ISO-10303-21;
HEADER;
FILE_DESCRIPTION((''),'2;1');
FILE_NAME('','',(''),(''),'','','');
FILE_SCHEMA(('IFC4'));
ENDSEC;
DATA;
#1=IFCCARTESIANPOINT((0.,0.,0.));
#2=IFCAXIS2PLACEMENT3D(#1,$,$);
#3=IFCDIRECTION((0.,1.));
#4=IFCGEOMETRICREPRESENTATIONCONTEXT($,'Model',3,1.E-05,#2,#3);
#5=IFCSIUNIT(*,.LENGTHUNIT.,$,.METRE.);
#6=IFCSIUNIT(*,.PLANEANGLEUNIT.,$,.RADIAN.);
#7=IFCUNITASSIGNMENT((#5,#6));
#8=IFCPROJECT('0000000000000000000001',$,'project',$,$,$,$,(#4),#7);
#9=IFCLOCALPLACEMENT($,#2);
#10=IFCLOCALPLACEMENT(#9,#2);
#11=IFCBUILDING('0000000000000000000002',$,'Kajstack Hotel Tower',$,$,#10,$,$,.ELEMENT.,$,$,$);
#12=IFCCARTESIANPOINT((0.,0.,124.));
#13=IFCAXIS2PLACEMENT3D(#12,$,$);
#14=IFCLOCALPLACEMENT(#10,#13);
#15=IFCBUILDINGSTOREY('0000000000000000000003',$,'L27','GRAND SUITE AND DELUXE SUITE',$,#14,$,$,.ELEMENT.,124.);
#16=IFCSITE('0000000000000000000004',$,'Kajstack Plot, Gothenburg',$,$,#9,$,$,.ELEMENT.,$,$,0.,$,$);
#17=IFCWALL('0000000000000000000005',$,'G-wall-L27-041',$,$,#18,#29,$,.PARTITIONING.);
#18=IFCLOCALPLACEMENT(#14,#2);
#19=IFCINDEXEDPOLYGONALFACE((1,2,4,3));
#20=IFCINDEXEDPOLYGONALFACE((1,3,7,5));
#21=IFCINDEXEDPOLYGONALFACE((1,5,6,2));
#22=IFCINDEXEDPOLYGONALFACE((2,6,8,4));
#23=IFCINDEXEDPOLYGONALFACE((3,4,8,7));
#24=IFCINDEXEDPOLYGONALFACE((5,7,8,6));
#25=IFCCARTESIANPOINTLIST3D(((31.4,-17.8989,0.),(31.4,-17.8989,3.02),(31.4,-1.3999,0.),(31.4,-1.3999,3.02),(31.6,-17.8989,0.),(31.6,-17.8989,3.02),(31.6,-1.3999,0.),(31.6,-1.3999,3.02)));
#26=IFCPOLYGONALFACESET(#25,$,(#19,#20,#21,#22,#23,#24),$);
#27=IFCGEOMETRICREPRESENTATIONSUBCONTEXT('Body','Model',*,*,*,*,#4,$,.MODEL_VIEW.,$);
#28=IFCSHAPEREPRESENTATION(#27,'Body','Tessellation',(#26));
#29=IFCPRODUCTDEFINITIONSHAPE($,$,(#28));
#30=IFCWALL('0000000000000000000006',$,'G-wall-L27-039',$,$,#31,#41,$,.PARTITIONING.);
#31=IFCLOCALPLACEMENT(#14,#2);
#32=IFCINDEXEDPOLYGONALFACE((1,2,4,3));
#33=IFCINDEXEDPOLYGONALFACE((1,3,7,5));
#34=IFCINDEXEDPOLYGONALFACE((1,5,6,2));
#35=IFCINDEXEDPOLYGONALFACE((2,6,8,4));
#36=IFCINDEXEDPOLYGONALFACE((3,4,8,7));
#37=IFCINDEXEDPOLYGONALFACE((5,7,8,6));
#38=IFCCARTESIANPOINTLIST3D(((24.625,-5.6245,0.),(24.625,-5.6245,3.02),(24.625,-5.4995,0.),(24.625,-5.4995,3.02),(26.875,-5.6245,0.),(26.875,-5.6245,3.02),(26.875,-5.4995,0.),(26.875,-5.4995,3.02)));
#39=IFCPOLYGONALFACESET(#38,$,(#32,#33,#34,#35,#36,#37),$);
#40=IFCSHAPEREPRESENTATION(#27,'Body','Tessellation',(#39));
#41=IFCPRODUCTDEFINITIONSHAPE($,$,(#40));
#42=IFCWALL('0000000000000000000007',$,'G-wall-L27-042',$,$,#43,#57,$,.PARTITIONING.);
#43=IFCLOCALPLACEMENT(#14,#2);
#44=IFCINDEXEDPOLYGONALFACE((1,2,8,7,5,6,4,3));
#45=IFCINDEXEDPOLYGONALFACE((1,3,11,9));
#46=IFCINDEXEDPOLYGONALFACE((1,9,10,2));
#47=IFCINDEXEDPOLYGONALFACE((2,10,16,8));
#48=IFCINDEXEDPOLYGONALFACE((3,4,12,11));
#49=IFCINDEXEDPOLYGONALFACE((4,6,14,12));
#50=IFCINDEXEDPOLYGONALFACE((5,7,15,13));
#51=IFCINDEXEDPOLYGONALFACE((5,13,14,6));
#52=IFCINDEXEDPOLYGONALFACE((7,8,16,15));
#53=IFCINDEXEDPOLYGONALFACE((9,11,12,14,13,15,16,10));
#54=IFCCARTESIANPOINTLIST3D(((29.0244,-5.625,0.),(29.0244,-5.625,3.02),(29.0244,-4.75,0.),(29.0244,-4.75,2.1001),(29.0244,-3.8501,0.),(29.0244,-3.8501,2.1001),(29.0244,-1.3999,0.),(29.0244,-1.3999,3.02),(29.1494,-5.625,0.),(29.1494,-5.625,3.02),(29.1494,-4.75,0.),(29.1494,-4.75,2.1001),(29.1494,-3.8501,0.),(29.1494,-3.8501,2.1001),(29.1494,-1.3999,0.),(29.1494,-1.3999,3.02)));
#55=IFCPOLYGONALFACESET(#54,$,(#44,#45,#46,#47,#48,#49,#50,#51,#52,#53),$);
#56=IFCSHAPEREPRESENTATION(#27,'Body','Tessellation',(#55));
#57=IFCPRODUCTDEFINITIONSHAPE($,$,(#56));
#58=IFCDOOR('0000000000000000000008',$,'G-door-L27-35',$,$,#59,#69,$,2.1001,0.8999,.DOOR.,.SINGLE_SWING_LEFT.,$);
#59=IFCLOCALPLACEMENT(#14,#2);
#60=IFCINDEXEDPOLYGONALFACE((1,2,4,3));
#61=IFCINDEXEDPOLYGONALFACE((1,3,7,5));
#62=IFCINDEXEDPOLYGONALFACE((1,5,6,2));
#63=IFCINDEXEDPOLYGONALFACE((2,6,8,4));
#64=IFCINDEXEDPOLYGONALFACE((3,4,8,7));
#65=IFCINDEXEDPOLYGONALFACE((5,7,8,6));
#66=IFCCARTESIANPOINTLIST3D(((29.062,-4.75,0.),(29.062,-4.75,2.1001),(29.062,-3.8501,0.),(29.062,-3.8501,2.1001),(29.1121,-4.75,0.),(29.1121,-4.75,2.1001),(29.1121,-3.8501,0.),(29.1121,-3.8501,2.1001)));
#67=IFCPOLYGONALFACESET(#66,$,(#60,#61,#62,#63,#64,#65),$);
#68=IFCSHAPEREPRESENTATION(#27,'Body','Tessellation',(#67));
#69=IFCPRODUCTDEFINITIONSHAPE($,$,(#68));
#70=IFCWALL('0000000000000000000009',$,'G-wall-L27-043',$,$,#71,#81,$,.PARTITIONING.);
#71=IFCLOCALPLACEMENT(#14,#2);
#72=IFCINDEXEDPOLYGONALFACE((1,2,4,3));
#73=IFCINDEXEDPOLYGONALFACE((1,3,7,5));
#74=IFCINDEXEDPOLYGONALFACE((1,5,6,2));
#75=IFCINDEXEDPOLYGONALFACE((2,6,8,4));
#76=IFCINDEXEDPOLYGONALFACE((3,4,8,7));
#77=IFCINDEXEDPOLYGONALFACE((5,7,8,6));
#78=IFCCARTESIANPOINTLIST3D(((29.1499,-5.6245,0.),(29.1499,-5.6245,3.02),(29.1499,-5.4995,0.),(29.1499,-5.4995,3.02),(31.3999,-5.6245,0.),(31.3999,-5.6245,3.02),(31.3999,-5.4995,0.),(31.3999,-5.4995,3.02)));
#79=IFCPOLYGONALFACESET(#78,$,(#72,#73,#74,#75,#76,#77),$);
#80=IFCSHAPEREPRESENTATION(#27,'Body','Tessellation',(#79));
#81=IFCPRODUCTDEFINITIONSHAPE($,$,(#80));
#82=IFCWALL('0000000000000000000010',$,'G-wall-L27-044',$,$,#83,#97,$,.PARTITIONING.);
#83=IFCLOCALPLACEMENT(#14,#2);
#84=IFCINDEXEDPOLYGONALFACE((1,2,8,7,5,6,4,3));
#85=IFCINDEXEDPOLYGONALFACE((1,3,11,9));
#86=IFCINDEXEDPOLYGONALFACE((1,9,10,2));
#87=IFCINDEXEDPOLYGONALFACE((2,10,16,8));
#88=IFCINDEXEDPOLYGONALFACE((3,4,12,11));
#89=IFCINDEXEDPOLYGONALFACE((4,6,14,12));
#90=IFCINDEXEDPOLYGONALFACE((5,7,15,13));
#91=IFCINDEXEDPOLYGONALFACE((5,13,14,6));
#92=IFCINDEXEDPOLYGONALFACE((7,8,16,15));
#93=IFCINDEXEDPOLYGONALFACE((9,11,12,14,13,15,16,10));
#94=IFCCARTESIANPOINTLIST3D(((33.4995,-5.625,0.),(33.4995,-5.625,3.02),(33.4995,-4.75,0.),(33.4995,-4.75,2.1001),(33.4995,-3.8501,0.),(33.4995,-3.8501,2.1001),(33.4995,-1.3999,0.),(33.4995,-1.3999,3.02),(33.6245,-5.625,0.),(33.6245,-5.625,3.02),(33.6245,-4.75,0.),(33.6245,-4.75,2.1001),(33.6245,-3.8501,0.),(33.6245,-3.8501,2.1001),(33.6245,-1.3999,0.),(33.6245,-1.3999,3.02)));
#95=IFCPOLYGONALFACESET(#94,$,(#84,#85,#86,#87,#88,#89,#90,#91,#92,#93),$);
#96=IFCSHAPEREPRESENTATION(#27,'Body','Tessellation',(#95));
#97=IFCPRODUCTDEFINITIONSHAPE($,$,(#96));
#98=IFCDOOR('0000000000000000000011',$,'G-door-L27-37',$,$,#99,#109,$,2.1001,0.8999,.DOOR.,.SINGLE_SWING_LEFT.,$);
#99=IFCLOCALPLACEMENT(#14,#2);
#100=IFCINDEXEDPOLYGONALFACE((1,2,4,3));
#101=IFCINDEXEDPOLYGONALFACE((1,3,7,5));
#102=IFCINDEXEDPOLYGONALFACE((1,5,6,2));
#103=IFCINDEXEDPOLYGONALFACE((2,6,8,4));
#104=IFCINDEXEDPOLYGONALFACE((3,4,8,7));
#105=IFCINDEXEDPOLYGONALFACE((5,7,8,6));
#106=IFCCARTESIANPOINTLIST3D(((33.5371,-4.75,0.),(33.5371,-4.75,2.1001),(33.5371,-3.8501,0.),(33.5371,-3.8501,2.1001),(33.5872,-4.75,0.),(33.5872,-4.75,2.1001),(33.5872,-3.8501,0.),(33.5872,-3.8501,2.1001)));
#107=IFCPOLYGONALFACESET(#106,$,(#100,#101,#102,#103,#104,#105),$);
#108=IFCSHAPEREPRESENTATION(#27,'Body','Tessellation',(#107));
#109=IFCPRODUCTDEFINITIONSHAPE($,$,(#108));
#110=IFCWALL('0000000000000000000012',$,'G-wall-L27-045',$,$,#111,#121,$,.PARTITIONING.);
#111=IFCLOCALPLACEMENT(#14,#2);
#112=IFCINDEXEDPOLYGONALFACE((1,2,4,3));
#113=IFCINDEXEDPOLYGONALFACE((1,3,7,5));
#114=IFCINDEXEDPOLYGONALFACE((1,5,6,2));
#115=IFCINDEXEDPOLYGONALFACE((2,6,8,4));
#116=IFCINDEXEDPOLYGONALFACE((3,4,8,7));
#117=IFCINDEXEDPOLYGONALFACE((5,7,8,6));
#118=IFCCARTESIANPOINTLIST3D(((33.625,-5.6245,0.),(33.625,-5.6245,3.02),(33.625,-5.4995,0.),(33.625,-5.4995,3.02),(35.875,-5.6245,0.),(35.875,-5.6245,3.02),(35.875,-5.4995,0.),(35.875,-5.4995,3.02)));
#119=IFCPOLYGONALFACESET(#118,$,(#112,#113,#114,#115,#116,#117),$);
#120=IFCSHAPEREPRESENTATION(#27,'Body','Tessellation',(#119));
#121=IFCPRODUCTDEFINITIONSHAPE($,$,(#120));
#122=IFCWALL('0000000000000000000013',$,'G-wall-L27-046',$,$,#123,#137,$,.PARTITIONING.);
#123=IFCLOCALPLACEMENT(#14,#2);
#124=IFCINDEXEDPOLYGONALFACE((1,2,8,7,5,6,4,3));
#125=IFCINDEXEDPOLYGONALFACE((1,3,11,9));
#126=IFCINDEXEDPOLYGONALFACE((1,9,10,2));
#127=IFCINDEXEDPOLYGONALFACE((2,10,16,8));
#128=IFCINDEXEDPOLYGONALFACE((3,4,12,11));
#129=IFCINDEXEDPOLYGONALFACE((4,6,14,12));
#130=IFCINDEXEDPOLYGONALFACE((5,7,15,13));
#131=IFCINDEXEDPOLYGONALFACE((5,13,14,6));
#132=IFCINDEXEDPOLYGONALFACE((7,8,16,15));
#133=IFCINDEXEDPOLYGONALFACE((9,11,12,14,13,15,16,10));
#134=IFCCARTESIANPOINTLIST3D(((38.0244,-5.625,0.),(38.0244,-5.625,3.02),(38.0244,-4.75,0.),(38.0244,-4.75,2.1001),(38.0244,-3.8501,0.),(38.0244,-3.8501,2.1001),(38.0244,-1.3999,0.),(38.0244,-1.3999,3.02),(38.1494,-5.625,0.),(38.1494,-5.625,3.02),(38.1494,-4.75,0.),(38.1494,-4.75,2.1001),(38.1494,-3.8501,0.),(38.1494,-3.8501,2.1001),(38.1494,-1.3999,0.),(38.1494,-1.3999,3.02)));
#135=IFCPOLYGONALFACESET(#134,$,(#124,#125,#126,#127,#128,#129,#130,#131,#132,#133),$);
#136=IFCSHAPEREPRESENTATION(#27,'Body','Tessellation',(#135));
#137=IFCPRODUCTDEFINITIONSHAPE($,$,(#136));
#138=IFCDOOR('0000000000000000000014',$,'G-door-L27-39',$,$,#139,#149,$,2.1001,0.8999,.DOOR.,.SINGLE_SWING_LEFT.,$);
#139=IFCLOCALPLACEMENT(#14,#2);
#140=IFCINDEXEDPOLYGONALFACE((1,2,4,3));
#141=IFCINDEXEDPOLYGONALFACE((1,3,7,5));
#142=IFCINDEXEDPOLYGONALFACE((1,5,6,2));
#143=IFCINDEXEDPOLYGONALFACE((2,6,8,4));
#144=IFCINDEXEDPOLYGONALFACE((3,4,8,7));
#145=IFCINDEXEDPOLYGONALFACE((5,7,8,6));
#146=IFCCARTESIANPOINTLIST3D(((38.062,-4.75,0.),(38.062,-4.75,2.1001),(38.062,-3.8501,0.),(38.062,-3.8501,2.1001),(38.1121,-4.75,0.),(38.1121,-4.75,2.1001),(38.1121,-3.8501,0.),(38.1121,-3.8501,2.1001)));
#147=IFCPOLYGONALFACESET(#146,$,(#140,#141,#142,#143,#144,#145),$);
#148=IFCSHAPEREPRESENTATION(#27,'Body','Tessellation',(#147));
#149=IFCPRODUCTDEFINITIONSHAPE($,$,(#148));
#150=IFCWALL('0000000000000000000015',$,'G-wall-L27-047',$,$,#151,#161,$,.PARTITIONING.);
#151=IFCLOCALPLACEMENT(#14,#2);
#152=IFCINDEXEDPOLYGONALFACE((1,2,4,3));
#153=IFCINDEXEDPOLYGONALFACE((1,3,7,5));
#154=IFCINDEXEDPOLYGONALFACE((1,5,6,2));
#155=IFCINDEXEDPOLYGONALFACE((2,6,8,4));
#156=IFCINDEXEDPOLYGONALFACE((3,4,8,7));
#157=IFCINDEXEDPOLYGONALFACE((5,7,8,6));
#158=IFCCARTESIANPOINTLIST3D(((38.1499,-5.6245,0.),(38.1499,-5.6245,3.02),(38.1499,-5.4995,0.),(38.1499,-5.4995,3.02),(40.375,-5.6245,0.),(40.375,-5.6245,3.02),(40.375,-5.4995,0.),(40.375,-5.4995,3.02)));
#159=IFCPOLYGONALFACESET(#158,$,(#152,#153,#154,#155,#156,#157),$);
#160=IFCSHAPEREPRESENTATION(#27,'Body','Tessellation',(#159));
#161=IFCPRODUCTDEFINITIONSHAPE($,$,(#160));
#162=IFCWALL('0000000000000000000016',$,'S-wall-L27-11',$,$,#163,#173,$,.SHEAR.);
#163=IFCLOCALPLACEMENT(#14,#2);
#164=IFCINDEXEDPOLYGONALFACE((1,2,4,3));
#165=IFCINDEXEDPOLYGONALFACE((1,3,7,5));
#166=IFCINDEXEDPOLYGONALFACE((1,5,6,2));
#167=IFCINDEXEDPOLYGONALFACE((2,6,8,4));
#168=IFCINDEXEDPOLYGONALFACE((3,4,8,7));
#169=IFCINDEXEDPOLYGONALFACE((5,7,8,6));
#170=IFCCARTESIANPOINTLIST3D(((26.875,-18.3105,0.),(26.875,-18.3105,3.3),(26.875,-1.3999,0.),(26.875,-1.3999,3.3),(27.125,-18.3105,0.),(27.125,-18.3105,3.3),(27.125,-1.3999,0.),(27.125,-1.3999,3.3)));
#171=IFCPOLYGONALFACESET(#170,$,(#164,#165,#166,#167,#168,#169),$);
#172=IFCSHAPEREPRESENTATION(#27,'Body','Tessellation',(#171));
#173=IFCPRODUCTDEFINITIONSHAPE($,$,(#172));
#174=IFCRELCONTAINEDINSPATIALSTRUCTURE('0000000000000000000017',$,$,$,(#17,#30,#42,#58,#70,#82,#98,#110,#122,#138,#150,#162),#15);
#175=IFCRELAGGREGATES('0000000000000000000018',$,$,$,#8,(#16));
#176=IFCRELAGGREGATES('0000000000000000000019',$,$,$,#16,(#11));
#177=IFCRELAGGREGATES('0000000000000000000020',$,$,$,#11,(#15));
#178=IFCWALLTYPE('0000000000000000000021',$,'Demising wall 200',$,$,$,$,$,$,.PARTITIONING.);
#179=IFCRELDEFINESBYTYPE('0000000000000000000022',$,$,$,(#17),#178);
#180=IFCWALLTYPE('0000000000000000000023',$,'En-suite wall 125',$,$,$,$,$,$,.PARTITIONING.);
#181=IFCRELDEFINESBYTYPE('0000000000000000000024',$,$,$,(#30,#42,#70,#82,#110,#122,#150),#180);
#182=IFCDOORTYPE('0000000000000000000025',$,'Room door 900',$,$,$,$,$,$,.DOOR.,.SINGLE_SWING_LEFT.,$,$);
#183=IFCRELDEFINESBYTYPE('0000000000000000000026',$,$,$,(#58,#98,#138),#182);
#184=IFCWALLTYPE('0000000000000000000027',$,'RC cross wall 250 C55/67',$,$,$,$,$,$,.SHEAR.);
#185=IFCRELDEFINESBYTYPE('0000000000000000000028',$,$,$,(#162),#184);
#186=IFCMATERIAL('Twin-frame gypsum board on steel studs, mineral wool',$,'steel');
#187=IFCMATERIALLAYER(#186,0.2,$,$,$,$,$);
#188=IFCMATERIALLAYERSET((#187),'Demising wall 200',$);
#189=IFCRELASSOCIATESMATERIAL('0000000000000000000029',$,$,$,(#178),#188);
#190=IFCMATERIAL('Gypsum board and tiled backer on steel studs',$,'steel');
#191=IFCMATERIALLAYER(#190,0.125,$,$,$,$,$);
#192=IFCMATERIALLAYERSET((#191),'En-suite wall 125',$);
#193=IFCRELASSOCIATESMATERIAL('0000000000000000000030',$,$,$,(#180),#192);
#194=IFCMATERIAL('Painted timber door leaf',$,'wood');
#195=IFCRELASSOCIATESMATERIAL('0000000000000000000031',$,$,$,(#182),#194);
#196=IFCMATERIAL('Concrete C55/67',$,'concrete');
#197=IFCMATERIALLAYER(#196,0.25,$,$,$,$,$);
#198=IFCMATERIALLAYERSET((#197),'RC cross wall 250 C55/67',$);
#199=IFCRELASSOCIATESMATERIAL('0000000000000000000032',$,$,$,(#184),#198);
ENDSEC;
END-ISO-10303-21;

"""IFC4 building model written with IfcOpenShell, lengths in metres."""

from ifc_helpers import new_model, si_unit, direction, frame, frame_2d, origin, place, context, subcontext, project, spatial, rectangle, extrude, material, layer, layer_set, type_object, element, fill, save


model = new_model("IFC4")

# Units and contexts
model_context = context("Model", 3, precision=1e-05, world=origin(), true_north=direction((0.0, 1.0)))
body_context = subcontext(model_context, "Body", "Model", "MODEL_VIEW")
ifc_project = project(units=[si_unit("LENGTHUNIT", "METRE"), si_unit("PLANEANGLEUNIT", "RADIAN")], contexts=[model_context])

# Site, building, storey
site_placement = place(None, origin())
site = spatial("IfcSite", under=ifc_project, at=site_placement, Name="Kajstack Plot, Gothenburg", CompositionType="ELEMENT", RefElevation=0.0)
building_placement = place(site_placement, origin())
building = spatial("IfcBuilding", under=site, at=building_placement, Name="Kajstack Hotel Tower", CompositionType="ELEMENT")
storey_placement = place(building_placement, frame((0.0, 0.0, 124.0)))
storey = spatial("IfcBuildingStorey", under=building, at=storey_placement, Name="L27", Description="GRAND SUITE AND DELUXE SUITE", CompositionType="ELEMENT", Elevation=124.0)

# Walls
ifc_material_1 = material(Name="Twin-frame gypsum board on steel studs, mineral wool", Category="steel")
ifc_layer_1 = layer(ifc_material_1, 0.2)
ifc_layer_set_1 = layer_set([ifc_layer_1], Name="Demising wall 200")
wall_type_1 = type_object("IfcWallType", Name="Demising wall 200", PredefinedType="PARTITIONING", material=ifc_layer_set_1)
wall_1_placement = place(storey_placement, frame((31.5, -17.8989, 0.0), z_axis=(0.0, 0.0, 1.0), x_axis=(0.0, 1.0, 0.0)))
element("IfcWall", 1, at=wall_1_placement, inside=storey, type_object=wall_type_1, Name="G-wall-L27-041", PredefinedType="PARTITIONING", context=body_context, shape_type="SweptSolid", body=[
    extrude(rectangle(XDim=16.499, YDim=0.2, at=frame_2d((8.2495, 0.0))), origin(), (0.0, 0.0, 1.0), 3.02),
])
ifc_material_2 = material(Name="Gypsum board and tiled backer on steel studs", Category="steel")
ifc_layer_2 = layer(ifc_material_2, 0.125)
ifc_layer_set_2 = layer_set([ifc_layer_2], Name="En-suite wall 125")
wall_type_2 = type_object("IfcWallType", Name="En-suite wall 125", PredefinedType="PARTITIONING", material=ifc_layer_set_2)
wall_2_placement = place(storey_placement, frame((24.625, -5.562, 0.0), z_axis=(0.0, 0.0, 1.0), x_axis=(1.0, 0.0, 0.0)))
element("IfcWall", 2, at=wall_2_placement, inside=storey, type_object=wall_type_2, Name="G-wall-L27-039", PredefinedType="PARTITIONING", context=body_context, shape_type="SweptSolid", body=[
    extrude(rectangle(XDim=2.25, YDim=0.125, at=frame_2d((1.125, 0.0))), origin(), (0.0, 0.0, 1.0), 3.02),
])

# Wall, opening, door
wall_3_placement = place(storey_placement, frame((29.0869, -5.625, 0.0), z_axis=(0.0, 0.0, 1.0), x_axis=(0.0, 1.0, 0.0)))
wall_3 = element("IfcWall", 3, at=wall_3_placement, inside=storey, type_object=wall_type_2, Name="G-wall-L27-042", PredefinedType="PARTITIONING", context=body_context, shape_type="SweptSolid", body=[
    extrude(rectangle(XDim=4.2251, YDim=0.125, at=frame_2d((2.1125, 0.0))), origin(), (0.0, 0.0, 1.0), 3.02),
])
opening_1_placement = place(wall_3_placement, frame((0.875, 0.0, 0.0)))
opening_1 = element("IfcOpeningElement", 4, at=opening_1_placement, cuts=wall_3, PredefinedType="OPENING", context=body_context, shape_type="SweptSolid", body=[
    extrude(rectangle(XDim=0.8999, YDim=2.1001, at=frame_2d((0.45, 1.05))), frame((0.0, 0.0725, 0.0), z_axis=(0.0, -1.0, 0.0), x_axis=(1.0, 0.0, 0.0)), (0.0, 0.0, 1.0), 0.145),
])
ifc_material_3 = material(Name="Painted timber door leaf", Category="wood")
door_type = type_object("IfcDoorType", Name="Room door 900", OperationType="SINGLE_SWING_LEFT", PredefinedType="DOOR", material=ifc_material_3)
door_1_placement = place(opening_1_placement, origin())
door_1 = element("IfcDoor", 5, at=door_1_placement, inside=storey, type_object=door_type, Name="G-door-L27-35", OperationType="SINGLE_SWING_LEFT", OverallHeight=2.1001, OverallWidth=0.8999, PredefinedType="DOOR", context=body_context, shape_type="SweptSolid", body=[
    extrude(rectangle(XDim=0.8999, YDim=2.1001, at=frame_2d((0.45, 1.05))), frame((0.0, 0.0249, 0.0), z_axis=(0.0, -1.0, 0.0), x_axis=(1.0, 0.0, 0.0)), (0.0, 0.0, 1.0), 0.05),
])
fill(opening_1, door_1)

# Wall
wall_4_placement = place(storey_placement, frame((29.1499, -5.562, 0.0), z_axis=(0.0, 0.0, 1.0), x_axis=(1.0, 0.0, 0.0)))
element("IfcWall", 6, at=wall_4_placement, inside=storey, type_object=wall_type_2, Name="G-wall-L27-043", PredefinedType="PARTITIONING", context=body_context, shape_type="SweptSolid", body=[
    extrude(rectangle(XDim=2.25, YDim=0.125, at=frame_2d((1.125, 0.0))), origin(), (0.0, 0.0, 1.0), 3.02),
])

# Wall, opening, door
wall_5_placement = place(storey_placement, frame((33.562, -5.625, 0.0), z_axis=(0.0, 0.0, 1.0), x_axis=(0.0, 1.0, 0.0)))
wall_5 = element("IfcWall", 7, at=wall_5_placement, inside=storey, type_object=wall_type_2, Name="G-wall-L27-044", PredefinedType="PARTITIONING", context=body_context, shape_type="SweptSolid", body=[
    extrude(rectangle(XDim=4.2251, YDim=0.125, at=frame_2d((2.1125, 0.0))), origin(), (0.0, 0.0, 1.0), 3.02),
])
opening_2_placement = place(wall_5_placement, frame((0.875, 0.0, 0.0)))
opening_2 = element("IfcOpeningElement", 8, at=opening_2_placement, cuts=wall_5, PredefinedType="OPENING", context=body_context, shape_type="SweptSolid", body=[
    extrude(rectangle(XDim=0.8999, YDim=2.1001, at=frame_2d((0.45, 1.05))), frame((0.0, 0.0725, 0.0), z_axis=(0.0, -1.0, 0.0), x_axis=(1.0, 0.0, 0.0)), (0.0, 0.0, 1.0), 0.145),
])
door_2_placement = place(opening_2_placement, origin())
door_2 = element("IfcDoor", 9, at=door_2_placement, inside=storey, type_object=door_type, Name="G-door-L27-37", OperationType="SINGLE_SWING_LEFT", OverallHeight=2.1001, OverallWidth=0.8999, PredefinedType="DOOR", context=body_context, shape_type="SweptSolid", body=[
    extrude(rectangle(XDim=0.8999, YDim=2.1001, at=frame_2d((0.45, 1.05))), frame((0.0, 0.0249, 0.0), z_axis=(0.0, -1.0, 0.0), x_axis=(1.0, 0.0, 0.0)), (0.0, 0.0, 1.0), 0.05),
])
fill(opening_2, door_2)

# Wall
wall_6_placement = place(storey_placement, frame((33.625, -5.562, 0.0), z_axis=(0.0, 0.0, 1.0), x_axis=(1.0, 0.0, 0.0)))
element("IfcWall", 10, at=wall_6_placement, inside=storey, type_object=wall_type_2, Name="G-wall-L27-045", PredefinedType="PARTITIONING", context=body_context, shape_type="SweptSolid", body=[
    extrude(rectangle(XDim=2.25, YDim=0.125, at=frame_2d((1.125, 0.0))), origin(), (0.0, 0.0, 1.0), 3.02),
])

# Wall, opening, door
wall_7_placement = place(storey_placement, frame((38.0869, -5.625, 0.0), z_axis=(0.0, 0.0, 1.0), x_axis=(0.0, 1.0, 0.0)))
wall_7 = element("IfcWall", 11, at=wall_7_placement, inside=storey, type_object=wall_type_2, Name="G-wall-L27-046", PredefinedType="PARTITIONING", context=body_context, shape_type="SweptSolid", body=[
    extrude(rectangle(XDim=4.2251, YDim=0.125, at=frame_2d((2.1125, 0.0))), origin(), (0.0, 0.0, 1.0), 3.02),
])
opening_3_placement = place(wall_7_placement, frame((0.875, 0.0, 0.0)))
opening_3 = element("IfcOpeningElement", 12, at=opening_3_placement, cuts=wall_7, PredefinedType="OPENING", context=body_context, shape_type="SweptSolid", body=[
    extrude(rectangle(XDim=0.8999, YDim=2.1001, at=frame_2d((0.45, 1.05))), frame((0.0, 0.0725, 0.0), z_axis=(0.0, -1.0, 0.0), x_axis=(1.0, 0.0, 0.0)), (0.0, 0.0, 1.0), 0.145),
])
door_3_placement = place(opening_3_placement, origin())
door_3 = element("IfcDoor", 13, at=door_3_placement, inside=storey, type_object=door_type, Name="G-door-L27-39", OperationType="SINGLE_SWING_LEFT", OverallHeight=2.1001, OverallWidth=0.8999, PredefinedType="DOOR", context=body_context, shape_type="SweptSolid", body=[
    extrude(rectangle(XDim=0.8999, YDim=2.1001, at=frame_2d((0.45, 1.05))), frame((0.0, 0.0249, 0.0), z_axis=(0.0, -1.0, 0.0), x_axis=(1.0, 0.0, 0.0)), (0.0, 0.0, 1.0), 0.05),
])
fill(opening_3, door_3)

# Walls
wall_8_placement = place(storey_placement, frame((38.1499, -5.562, 0.0), z_axis=(0.0, 0.0, 1.0), x_axis=(1.0, 0.0, 0.0)))
element("IfcWall", 14, at=wall_8_placement, inside=storey, type_object=wall_type_2, Name="G-wall-L27-047", PredefinedType="PARTITIONING", context=body_context, shape_type="SweptSolid", body=[
    extrude(rectangle(XDim=2.2251, YDim=0.125, at=frame_2d((1.1125, 0.0))), origin(), (0.0, 0.0, 1.0), 3.02),
])
ifc_material_4 = material(Name="Concrete C55/67", Category="concrete")
ifc_layer_3 = layer(ifc_material_4, 0.25)
ifc_layer_set_3 = layer_set([ifc_layer_3], Name="RC cross wall 250 C55/67")
wall_type_3 = type_object("IfcWallType", Name="RC cross wall 250 C55/67", PredefinedType="SHEAR", material=ifc_layer_set_3)
wall_9_placement = place(storey_placement, frame((27.0, -18.3105, 0.0), z_axis=(0.0, 0.0, 1.0), x_axis=(0.0, 1.0, 0.0)))
element("IfcWall", 15, at=wall_9_placement, inside=storey, type_object=wall_type_3, Name="S-wall-L27-11", PredefinedType="SHEAR", context=body_context, shape_type="SweptSolid", body=[
    extrude(rectangle(XDim=16.9106, YDim=0.25, at=frame_2d((8.4553, 0.0))), origin(), (0.0, 0.0, 1.0), 3.3),
])

save(model, "model.ifc")
